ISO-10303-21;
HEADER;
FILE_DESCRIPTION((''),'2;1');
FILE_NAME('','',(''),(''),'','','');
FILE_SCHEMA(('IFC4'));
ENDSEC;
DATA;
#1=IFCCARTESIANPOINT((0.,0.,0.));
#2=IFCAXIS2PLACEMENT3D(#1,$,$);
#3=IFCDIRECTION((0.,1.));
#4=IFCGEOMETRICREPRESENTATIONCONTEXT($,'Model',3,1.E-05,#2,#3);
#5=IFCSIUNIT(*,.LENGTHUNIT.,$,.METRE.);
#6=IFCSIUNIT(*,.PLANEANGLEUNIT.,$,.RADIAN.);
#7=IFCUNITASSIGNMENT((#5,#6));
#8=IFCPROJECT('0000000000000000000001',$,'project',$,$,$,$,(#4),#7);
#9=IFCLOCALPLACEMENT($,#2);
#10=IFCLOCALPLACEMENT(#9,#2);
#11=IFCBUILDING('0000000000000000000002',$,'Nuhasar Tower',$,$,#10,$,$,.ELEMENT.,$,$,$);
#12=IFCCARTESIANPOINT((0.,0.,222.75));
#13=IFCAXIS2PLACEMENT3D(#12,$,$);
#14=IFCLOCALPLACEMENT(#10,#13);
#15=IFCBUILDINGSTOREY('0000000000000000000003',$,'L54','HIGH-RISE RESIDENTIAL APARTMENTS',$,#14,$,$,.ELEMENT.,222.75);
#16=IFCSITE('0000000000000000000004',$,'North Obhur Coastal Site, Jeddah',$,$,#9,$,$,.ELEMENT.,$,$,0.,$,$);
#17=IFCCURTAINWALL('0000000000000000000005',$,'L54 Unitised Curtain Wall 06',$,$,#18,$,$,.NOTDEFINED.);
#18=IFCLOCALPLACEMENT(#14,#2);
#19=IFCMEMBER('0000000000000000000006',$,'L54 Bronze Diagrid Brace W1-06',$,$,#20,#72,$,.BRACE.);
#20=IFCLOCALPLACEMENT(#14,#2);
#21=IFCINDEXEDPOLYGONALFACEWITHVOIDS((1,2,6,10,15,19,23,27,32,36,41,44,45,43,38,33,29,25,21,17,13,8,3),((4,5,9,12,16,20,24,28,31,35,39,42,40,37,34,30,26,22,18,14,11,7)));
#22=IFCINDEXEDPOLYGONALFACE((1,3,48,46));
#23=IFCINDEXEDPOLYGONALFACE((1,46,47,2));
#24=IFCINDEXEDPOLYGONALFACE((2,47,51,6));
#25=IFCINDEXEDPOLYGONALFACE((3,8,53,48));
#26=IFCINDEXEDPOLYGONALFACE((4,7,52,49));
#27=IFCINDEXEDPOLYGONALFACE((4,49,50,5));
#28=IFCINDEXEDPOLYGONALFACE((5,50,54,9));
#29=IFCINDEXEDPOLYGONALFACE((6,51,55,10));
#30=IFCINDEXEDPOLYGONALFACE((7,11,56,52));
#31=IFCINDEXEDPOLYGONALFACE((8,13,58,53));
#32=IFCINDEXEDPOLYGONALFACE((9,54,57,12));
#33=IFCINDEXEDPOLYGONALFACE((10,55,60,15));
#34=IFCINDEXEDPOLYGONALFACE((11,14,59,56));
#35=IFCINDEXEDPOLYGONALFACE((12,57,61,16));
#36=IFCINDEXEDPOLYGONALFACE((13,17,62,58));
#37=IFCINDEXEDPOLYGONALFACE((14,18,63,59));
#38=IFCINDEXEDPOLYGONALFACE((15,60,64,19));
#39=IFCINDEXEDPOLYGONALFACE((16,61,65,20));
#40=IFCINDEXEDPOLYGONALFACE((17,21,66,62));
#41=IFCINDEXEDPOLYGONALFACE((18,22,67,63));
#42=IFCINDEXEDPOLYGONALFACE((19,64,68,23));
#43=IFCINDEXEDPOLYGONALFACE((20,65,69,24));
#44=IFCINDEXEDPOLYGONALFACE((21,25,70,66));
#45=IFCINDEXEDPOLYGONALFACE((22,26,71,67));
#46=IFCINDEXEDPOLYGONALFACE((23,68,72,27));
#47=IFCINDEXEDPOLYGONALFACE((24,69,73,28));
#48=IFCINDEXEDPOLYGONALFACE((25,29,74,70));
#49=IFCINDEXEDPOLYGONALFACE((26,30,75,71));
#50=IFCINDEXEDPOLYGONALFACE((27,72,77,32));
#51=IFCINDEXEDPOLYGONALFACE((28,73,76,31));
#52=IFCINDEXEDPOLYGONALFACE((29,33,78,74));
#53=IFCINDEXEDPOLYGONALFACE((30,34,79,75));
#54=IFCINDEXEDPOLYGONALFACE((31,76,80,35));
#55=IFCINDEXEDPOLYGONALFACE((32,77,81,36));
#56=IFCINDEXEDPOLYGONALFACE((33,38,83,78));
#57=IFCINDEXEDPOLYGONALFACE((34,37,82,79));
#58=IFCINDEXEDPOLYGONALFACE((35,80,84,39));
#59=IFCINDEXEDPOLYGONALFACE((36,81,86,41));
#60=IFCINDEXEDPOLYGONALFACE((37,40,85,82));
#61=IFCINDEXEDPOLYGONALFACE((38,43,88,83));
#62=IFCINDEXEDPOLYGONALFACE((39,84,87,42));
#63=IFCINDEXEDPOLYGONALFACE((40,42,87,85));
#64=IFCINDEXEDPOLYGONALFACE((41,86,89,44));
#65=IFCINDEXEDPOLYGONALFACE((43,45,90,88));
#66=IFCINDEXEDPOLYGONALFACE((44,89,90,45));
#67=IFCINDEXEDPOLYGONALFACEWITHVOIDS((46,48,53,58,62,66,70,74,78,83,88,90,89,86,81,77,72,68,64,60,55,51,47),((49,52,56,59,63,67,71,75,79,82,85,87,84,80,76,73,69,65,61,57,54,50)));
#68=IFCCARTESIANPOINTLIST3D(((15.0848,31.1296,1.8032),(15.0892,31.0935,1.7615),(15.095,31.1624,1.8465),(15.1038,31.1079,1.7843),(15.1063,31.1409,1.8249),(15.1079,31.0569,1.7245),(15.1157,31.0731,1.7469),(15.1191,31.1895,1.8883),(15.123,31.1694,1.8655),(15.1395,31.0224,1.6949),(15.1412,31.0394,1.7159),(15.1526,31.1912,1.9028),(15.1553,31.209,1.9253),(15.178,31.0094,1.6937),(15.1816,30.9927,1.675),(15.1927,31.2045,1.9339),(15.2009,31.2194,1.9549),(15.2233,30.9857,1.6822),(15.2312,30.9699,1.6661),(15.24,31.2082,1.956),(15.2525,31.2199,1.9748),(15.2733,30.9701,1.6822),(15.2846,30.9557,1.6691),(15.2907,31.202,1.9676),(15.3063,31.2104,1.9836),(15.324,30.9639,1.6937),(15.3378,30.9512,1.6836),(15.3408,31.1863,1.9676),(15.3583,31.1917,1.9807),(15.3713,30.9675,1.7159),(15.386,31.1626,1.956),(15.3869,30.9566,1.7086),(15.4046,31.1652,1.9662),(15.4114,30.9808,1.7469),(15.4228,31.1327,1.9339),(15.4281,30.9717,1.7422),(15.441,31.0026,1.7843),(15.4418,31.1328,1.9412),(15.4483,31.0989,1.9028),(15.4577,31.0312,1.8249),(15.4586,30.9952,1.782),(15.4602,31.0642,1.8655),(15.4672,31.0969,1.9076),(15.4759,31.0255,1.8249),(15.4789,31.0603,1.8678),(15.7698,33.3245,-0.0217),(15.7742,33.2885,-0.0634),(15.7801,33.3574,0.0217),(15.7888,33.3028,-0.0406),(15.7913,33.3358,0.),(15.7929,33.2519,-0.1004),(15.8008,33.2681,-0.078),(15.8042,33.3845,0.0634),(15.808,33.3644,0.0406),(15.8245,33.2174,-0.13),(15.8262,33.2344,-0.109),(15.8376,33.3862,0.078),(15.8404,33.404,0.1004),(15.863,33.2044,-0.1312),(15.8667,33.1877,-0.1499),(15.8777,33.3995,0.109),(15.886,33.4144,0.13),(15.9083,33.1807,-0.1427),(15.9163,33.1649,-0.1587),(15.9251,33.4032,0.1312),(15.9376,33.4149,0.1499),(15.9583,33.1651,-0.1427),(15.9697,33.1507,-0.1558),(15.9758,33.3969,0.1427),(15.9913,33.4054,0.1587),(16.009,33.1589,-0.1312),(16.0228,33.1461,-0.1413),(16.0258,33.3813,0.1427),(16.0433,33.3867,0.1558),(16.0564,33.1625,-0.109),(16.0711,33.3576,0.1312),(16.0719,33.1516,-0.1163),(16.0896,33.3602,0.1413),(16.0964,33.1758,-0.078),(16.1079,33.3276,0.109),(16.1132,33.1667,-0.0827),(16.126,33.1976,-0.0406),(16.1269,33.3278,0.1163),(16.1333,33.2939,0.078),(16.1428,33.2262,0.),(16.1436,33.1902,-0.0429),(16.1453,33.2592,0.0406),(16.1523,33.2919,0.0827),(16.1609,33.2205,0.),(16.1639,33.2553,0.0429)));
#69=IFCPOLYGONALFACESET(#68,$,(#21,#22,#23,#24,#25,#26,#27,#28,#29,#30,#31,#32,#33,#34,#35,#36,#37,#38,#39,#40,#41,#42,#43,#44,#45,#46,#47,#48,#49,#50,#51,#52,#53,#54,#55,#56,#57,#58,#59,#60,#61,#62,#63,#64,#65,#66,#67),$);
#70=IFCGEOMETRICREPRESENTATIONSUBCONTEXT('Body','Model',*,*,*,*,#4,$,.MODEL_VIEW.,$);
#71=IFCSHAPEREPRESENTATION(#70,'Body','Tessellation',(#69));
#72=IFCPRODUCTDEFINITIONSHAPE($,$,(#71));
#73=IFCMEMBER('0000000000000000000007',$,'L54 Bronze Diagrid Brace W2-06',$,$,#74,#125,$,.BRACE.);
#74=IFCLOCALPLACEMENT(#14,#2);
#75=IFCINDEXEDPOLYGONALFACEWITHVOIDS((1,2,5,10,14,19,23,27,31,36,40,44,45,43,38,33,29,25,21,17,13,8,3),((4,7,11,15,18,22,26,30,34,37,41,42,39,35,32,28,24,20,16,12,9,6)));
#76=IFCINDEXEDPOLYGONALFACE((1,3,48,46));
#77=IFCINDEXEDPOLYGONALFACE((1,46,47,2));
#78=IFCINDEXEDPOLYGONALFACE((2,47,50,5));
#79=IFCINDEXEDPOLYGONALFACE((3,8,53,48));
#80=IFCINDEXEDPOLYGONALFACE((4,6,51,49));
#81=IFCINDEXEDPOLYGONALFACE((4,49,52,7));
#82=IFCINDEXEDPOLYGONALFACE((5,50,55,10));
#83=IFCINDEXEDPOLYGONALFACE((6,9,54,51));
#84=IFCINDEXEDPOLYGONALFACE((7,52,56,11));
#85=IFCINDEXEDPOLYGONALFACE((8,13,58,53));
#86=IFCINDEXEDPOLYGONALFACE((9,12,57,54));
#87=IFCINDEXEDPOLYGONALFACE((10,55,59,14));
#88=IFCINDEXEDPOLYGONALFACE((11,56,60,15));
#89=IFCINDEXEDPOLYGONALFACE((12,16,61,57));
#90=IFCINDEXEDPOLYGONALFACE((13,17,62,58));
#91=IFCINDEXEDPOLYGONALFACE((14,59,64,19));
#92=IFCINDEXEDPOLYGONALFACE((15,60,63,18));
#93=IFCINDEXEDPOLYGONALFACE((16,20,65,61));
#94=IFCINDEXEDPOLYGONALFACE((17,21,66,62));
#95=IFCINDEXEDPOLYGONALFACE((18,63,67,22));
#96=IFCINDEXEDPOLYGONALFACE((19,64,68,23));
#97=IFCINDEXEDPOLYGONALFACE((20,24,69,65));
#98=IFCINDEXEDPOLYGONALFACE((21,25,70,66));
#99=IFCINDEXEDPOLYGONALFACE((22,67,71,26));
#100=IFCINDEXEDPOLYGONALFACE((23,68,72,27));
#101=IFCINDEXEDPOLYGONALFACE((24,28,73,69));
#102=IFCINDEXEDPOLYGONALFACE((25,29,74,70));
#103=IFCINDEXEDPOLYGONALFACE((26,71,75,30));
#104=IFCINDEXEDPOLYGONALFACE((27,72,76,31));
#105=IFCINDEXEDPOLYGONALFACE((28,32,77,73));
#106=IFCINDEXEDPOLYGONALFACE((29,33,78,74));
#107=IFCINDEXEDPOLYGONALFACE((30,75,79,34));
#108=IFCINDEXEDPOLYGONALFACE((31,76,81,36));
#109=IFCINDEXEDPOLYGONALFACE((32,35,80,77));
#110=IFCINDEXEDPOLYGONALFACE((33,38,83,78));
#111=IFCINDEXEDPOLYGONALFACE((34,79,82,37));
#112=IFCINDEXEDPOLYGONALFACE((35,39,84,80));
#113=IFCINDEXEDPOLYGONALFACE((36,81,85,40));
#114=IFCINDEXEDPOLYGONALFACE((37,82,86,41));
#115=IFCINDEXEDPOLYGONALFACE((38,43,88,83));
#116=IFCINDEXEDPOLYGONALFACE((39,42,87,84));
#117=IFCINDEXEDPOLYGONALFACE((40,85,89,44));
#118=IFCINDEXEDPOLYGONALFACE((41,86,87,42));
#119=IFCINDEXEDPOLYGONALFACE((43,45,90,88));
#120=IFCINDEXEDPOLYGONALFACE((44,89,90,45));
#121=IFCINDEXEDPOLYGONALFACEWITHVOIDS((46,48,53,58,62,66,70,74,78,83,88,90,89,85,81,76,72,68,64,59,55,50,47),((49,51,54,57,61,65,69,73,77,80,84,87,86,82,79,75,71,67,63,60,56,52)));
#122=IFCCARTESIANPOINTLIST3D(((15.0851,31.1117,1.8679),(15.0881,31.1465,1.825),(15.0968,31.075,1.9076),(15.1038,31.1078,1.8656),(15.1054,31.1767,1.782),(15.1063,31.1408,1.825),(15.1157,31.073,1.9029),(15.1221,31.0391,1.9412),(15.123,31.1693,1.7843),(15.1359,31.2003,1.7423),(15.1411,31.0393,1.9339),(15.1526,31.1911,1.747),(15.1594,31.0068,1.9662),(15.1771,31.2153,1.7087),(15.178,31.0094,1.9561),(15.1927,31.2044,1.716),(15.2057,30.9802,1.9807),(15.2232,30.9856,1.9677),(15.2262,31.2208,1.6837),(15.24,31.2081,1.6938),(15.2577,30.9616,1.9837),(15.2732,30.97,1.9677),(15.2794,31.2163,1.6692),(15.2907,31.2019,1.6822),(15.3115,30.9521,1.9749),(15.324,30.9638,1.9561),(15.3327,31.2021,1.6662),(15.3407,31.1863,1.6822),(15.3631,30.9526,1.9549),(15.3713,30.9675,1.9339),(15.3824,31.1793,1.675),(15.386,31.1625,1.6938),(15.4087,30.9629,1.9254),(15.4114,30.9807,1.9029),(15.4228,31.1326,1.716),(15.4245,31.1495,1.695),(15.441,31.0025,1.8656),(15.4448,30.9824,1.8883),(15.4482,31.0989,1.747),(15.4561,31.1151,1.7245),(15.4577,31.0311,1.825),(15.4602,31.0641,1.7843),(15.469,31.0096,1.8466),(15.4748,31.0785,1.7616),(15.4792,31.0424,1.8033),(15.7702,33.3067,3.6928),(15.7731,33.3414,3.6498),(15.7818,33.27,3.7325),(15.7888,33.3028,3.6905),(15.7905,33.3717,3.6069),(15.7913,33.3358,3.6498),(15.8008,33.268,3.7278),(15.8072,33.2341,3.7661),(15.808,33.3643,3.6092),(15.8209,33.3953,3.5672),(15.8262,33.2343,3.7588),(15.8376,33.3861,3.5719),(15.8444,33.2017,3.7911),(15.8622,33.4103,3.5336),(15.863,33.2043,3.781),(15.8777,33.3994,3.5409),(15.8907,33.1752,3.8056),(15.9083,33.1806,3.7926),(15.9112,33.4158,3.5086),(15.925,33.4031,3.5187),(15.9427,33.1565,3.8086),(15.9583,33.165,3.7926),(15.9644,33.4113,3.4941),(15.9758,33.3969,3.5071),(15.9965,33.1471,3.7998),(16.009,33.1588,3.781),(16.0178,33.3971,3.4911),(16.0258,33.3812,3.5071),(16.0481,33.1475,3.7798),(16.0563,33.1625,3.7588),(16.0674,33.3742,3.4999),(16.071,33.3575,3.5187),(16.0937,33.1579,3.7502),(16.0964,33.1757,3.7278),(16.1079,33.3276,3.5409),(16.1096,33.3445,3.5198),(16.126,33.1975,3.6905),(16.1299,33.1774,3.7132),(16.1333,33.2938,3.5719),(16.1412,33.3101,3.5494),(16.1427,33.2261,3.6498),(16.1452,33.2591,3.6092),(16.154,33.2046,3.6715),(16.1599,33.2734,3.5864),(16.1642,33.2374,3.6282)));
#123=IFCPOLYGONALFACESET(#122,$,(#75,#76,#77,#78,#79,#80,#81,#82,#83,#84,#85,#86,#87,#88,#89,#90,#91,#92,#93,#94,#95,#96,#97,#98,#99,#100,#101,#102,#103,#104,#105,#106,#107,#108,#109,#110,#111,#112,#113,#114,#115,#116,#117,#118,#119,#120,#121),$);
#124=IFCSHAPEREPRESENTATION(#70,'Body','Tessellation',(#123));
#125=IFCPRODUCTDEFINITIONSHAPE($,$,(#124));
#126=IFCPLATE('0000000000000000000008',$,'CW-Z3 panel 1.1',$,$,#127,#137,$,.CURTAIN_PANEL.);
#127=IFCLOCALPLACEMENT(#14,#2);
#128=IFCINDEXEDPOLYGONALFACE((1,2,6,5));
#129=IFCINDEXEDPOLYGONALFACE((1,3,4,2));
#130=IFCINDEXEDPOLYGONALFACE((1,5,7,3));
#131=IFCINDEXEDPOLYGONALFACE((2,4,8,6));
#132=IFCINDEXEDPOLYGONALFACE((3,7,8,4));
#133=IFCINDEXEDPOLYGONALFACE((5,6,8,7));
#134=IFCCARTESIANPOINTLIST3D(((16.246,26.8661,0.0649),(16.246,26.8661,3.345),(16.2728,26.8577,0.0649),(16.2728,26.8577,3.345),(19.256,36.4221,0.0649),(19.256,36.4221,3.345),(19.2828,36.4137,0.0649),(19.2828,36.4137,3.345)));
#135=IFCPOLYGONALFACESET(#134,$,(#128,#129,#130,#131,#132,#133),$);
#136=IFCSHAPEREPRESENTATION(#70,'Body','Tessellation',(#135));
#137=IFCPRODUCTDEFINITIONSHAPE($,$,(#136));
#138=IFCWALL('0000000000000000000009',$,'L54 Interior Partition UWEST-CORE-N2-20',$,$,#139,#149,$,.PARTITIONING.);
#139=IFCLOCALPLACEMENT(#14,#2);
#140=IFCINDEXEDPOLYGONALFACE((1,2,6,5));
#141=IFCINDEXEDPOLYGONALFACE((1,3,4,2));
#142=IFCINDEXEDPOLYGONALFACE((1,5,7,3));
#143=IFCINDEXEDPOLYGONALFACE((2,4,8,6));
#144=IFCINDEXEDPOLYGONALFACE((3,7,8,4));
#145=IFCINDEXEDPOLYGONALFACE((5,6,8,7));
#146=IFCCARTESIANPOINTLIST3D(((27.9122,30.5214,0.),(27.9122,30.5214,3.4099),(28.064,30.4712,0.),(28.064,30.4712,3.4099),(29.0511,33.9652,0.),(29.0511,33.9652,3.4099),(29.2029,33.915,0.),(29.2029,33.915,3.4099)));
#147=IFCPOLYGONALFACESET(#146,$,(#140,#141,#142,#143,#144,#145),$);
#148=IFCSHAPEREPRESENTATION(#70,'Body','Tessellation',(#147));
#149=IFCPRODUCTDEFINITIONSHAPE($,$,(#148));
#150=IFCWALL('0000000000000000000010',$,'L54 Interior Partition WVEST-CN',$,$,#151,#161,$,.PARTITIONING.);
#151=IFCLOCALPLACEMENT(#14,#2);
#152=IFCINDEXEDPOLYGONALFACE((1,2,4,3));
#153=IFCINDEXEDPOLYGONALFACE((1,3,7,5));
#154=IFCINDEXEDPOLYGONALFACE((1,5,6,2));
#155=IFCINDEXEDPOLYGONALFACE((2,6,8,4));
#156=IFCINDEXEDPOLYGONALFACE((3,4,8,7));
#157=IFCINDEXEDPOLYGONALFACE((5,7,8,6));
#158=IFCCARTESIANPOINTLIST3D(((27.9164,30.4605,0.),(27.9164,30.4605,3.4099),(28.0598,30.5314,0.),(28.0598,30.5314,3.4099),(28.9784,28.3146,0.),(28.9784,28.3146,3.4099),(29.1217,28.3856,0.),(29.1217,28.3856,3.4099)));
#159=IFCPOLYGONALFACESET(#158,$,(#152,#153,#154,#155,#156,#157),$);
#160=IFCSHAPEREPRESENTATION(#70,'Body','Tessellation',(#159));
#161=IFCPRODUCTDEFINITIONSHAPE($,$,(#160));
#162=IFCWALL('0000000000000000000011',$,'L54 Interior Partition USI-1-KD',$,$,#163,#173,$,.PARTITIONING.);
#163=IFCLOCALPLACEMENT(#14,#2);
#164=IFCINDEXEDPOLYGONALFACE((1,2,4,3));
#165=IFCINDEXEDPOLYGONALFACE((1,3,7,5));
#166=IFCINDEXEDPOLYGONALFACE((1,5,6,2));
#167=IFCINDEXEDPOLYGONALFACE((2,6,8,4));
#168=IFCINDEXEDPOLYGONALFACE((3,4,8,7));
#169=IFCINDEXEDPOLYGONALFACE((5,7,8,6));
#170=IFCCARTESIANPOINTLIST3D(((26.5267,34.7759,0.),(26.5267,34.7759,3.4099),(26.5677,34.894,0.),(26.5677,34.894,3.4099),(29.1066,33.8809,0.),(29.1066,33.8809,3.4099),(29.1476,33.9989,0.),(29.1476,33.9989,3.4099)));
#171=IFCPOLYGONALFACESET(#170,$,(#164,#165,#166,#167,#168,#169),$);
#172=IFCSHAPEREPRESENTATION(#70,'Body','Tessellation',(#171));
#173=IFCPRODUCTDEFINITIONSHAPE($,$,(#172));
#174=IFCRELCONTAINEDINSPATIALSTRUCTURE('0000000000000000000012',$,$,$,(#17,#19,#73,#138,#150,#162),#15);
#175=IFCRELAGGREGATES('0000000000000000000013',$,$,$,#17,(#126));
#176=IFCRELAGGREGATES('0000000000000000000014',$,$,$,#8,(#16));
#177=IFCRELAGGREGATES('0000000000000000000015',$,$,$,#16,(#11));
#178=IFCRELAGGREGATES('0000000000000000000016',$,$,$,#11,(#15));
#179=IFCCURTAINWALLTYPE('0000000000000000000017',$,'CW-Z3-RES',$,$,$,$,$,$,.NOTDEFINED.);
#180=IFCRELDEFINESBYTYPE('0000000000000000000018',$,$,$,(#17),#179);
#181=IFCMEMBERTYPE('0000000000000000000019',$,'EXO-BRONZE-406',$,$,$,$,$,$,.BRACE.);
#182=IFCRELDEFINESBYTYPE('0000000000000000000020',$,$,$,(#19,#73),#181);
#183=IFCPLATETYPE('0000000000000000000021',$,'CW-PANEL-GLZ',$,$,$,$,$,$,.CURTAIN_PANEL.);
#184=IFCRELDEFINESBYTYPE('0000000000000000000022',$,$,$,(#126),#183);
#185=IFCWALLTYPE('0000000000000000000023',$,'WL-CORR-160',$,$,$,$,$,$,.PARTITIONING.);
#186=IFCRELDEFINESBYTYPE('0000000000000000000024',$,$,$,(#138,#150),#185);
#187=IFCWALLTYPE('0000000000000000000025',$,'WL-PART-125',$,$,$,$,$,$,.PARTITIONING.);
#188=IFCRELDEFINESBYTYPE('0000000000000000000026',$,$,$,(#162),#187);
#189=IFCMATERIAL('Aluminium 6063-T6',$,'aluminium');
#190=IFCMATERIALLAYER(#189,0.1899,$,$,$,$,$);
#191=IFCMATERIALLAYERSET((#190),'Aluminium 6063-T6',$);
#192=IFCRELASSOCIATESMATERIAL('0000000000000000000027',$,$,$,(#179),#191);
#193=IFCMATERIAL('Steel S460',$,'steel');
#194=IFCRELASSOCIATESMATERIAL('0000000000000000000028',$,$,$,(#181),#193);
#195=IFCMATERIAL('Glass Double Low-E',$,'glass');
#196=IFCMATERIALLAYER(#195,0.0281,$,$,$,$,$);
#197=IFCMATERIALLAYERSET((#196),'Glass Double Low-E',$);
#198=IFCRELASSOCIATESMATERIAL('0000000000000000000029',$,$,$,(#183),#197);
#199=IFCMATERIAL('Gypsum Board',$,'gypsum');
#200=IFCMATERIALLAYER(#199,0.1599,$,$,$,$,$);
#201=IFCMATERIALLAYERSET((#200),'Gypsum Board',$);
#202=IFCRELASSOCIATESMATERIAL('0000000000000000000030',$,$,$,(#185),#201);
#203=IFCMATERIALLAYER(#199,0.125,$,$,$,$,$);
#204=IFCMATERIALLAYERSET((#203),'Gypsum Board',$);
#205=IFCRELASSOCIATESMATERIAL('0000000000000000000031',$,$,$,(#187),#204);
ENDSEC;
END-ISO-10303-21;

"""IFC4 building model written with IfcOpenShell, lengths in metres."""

from ifc_helpers import new_model, si_unit, direction, frame, frame_2d, origin, origin_2d, place, context, subcontext, project, spatial, rectangle, hollow_circle, extrude, material, layer, layer_set, material_profile, profile_set, type_object, element, aggregate, save


model = new_model("IFC4")

# Units and contexts
model_context = context("Model", 3, precision=1e-05, world=origin(), true_north=direction((0.0, 1.0)))
body_context = subcontext(model_context, "Body", "Model", "MODEL_VIEW")
ifc_project = project(units=[si_unit("LENGTHUNIT", "METRE"), si_unit("PLANEANGLEUNIT", "RADIAN")], contexts=[model_context])

# Site, building, storey
site_placement = place(None, origin())
site = spatial("IfcSite", under=ifc_project, at=site_placement, Name="North Obhur Coastal Site, Jeddah", CompositionType="ELEMENT", RefElevation=0.0)
building_placement = place(site_placement, origin())
building = spatial("IfcBuilding", under=site, at=building_placement, Name="Nuhasar Tower", CompositionType="ELEMENT")
storey_placement = place(building_placement, frame((0.0, 0.0, 222.75)))
storey = spatial("IfcBuildingStorey", under=building, at=storey_placement, Name="L54", Description="HIGH-RISE RESIDENTIAL APARTMENTS", CompositionType="ELEMENT", Elevation=222.75)

# Curtain wall
ifc_material_1 = material(Name="Aluminium 6063-T6", Category="aluminium")
ifc_layer_1 = layer(ifc_material_1, 0.1899)
ifc_layer_set_1 = layer_set([ifc_layer_1], Name="Aluminium 6063-T6")
curtain_wall_type = type_object("IfcCurtainWallType", Name="CW-Z3-RES", PredefinedType="NOTDEFINED", material=ifc_layer_set_1)
curtain_wall_placement = place(storey_placement, origin())
curtain_wall = element("IfcCurtainWall", 1, at=curtain_wall_placement, inside=storey, type_object=curtain_wall_type, Name="L54 Unitised Curtain Wall 06", PredefinedType="NOTDEFINED")

# Members
ifc_material_2 = material(Name="Steel S460", Category="steel")
ifc_material_profile_1 = material_profile(ifc_material_2, hollow_circle(Radius=0.2031, WallThickness=0.019, at=origin_2d()), Name="HSS406.4X19.1")
ifc_profile_set_1 = profile_set([ifc_material_profile_1], Name="Steel S460")
member_type_1 = type_object("IfcMemberType", Name="EXO-BRONZE-406", PredefinedType="BRACE", material=ifc_profile_set_1)
for number, where, z_axis, x_axis, name in (
    (2, (15.967, 33.281, 0.0), (-0.233358, -0.747727, 0.62165), (0.954591, -0.297918, 0.0), "L54 Bronze Diagrid Brace W1-06"),
    (3, (15.282, 31.0859, 1.825), (0.233358, 0.747727, 0.62165), (-0.954591, 0.297918, 0.0), "L54 Bronze Diagrid Brace W2-06"),
):
    element("IfcMember", number, at=place(storey_placement, frame(where, z_axis=z_axis, x_axis=x_axis)), inside=storey, type_object=member_type_1, Name=name, PredefinedType="BRACE", context=body_context, shape_type="SweptSolid", body=[
        extrude(hollow_circle(Radius=0.2031, WallThickness=0.019, at=origin_2d()), origin(), (0.0, 0.0, 1.0), 2.9355),
    ])

# Plate
ifc_material_3 = material(Name="Glass Double Low-E", Category="glass")
ifc_layer_2 = layer(ifc_material_3, 0.0281)
ifc_layer_set_2 = layer_set([ifc_layer_2], Name="Glass Double Low-E")
plate_type = type_object("IfcPlateType", Name="CW-PANEL-GLZ", PredefinedType="CURTAIN_PANEL", material=ifc_layer_set_2)
plate_placement = place(storey_placement, frame((17.7644, 31.6399, 0.0649), z_axis=(0.0, 0.0, 1.0), x_axis=(-0.300429, -0.953804, 0.0)))
plate = element("IfcPlate", 4, at=plate_placement, type_object=plate_type, Name="CW-Z3 panel 1.1", PredefinedType="CURTAIN_PANEL", context=body_context, shape_type="SweptSolid", body=[
    extrude(rectangle(XDim=10.0188, YDim=0.0281, at=origin_2d()), origin(), (0.0, 0.0, 1.0), 3.28),
])
aggregate(curtain_wall, [plate])

# Wall
ifc_material_4 = material(Name="Gypsum Board", Category="gypsum")
ifc_layer_3 = layer(ifc_material_4, 0.1599)
ifc_layer_set_3 = layer_set([ifc_layer_3], Name="Gypsum Board")
wall_type_1 = type_object("IfcWallType", Name="WL-CORR-160", PredefinedType="PARTITIONING", material=ifc_layer_set_3)
wall_1_placement = place(storey_placement, frame((29.127, 33.9399, 0.0), z_axis=(0.0, 0.0, 1.0), x_axis=(-0.313986, -0.949428, 0.0)))
element("IfcWall", 5, at=wall_1_placement, inside=storey, type_object=wall_type_1, Name="L54 Interior Partition UWEST-CORE-N2-20", PredefinedType="PARTITIONING", context=body_context, shape_type="SweptSolid", body=[
    extrude(rectangle(XDim=3.6272, YDim=0.1599, at=frame_2d((1.8135, 0.0))), origin(), (0.0, 0.0, 1.0), 3.4099),
])

# Walls
wall_2_placement = place(storey_placement, frame((27.988, 30.4961, 0.0), z_axis=(0.0, 0.0, 1.0), x_axis=(0.443539, -0.896255, 0.0)))
element("IfcWall", 6, at=wall_2_placement, inside=storey, type_object=wall_type_1, Name="L54 Interior Partition WVEST-CN", PredefinedType="PARTITIONING", context=body_context, shape_type="SweptSolid", body=[
    extrude(rectangle(XDim=2.3943, YDim=0.1599, at=frame_2d((1.1973, 0.0))), origin(), (0.0, 0.0, 1.0), 3.4099),
])
ifc_layer_4 = layer(ifc_material_4, 0.125)
ifc_layer_set_4 = layer_set([ifc_layer_4], Name="Gypsum Board")
wall_type_2 = type_object("IfcWallType", Name="WL-PART-125", PredefinedType="PARTITIONING", material=ifc_layer_set_4)
wall_3_placement = place(storey_placement, frame((29.127, 33.9399, 0.0), z_axis=(0.0, 0.0, 1.0), x_axis=(-0.944759, 0.327765, 0.0)))
element("IfcWall", 7, at=wall_3_placement, inside=storey, type_object=wall_type_2, Name="L54 Interior Partition USI-1-KD", PredefinedType="PARTITIONING", context=body_context, shape_type="SweptSolid", body=[
    extrude(rectangle(XDim=2.7307, YDim=0.125, at=frame_2d((1.3652, 0.0))), origin(), (0.0, 0.0, 1.0), 3.4099),
])

save(model, "model.ifc")
